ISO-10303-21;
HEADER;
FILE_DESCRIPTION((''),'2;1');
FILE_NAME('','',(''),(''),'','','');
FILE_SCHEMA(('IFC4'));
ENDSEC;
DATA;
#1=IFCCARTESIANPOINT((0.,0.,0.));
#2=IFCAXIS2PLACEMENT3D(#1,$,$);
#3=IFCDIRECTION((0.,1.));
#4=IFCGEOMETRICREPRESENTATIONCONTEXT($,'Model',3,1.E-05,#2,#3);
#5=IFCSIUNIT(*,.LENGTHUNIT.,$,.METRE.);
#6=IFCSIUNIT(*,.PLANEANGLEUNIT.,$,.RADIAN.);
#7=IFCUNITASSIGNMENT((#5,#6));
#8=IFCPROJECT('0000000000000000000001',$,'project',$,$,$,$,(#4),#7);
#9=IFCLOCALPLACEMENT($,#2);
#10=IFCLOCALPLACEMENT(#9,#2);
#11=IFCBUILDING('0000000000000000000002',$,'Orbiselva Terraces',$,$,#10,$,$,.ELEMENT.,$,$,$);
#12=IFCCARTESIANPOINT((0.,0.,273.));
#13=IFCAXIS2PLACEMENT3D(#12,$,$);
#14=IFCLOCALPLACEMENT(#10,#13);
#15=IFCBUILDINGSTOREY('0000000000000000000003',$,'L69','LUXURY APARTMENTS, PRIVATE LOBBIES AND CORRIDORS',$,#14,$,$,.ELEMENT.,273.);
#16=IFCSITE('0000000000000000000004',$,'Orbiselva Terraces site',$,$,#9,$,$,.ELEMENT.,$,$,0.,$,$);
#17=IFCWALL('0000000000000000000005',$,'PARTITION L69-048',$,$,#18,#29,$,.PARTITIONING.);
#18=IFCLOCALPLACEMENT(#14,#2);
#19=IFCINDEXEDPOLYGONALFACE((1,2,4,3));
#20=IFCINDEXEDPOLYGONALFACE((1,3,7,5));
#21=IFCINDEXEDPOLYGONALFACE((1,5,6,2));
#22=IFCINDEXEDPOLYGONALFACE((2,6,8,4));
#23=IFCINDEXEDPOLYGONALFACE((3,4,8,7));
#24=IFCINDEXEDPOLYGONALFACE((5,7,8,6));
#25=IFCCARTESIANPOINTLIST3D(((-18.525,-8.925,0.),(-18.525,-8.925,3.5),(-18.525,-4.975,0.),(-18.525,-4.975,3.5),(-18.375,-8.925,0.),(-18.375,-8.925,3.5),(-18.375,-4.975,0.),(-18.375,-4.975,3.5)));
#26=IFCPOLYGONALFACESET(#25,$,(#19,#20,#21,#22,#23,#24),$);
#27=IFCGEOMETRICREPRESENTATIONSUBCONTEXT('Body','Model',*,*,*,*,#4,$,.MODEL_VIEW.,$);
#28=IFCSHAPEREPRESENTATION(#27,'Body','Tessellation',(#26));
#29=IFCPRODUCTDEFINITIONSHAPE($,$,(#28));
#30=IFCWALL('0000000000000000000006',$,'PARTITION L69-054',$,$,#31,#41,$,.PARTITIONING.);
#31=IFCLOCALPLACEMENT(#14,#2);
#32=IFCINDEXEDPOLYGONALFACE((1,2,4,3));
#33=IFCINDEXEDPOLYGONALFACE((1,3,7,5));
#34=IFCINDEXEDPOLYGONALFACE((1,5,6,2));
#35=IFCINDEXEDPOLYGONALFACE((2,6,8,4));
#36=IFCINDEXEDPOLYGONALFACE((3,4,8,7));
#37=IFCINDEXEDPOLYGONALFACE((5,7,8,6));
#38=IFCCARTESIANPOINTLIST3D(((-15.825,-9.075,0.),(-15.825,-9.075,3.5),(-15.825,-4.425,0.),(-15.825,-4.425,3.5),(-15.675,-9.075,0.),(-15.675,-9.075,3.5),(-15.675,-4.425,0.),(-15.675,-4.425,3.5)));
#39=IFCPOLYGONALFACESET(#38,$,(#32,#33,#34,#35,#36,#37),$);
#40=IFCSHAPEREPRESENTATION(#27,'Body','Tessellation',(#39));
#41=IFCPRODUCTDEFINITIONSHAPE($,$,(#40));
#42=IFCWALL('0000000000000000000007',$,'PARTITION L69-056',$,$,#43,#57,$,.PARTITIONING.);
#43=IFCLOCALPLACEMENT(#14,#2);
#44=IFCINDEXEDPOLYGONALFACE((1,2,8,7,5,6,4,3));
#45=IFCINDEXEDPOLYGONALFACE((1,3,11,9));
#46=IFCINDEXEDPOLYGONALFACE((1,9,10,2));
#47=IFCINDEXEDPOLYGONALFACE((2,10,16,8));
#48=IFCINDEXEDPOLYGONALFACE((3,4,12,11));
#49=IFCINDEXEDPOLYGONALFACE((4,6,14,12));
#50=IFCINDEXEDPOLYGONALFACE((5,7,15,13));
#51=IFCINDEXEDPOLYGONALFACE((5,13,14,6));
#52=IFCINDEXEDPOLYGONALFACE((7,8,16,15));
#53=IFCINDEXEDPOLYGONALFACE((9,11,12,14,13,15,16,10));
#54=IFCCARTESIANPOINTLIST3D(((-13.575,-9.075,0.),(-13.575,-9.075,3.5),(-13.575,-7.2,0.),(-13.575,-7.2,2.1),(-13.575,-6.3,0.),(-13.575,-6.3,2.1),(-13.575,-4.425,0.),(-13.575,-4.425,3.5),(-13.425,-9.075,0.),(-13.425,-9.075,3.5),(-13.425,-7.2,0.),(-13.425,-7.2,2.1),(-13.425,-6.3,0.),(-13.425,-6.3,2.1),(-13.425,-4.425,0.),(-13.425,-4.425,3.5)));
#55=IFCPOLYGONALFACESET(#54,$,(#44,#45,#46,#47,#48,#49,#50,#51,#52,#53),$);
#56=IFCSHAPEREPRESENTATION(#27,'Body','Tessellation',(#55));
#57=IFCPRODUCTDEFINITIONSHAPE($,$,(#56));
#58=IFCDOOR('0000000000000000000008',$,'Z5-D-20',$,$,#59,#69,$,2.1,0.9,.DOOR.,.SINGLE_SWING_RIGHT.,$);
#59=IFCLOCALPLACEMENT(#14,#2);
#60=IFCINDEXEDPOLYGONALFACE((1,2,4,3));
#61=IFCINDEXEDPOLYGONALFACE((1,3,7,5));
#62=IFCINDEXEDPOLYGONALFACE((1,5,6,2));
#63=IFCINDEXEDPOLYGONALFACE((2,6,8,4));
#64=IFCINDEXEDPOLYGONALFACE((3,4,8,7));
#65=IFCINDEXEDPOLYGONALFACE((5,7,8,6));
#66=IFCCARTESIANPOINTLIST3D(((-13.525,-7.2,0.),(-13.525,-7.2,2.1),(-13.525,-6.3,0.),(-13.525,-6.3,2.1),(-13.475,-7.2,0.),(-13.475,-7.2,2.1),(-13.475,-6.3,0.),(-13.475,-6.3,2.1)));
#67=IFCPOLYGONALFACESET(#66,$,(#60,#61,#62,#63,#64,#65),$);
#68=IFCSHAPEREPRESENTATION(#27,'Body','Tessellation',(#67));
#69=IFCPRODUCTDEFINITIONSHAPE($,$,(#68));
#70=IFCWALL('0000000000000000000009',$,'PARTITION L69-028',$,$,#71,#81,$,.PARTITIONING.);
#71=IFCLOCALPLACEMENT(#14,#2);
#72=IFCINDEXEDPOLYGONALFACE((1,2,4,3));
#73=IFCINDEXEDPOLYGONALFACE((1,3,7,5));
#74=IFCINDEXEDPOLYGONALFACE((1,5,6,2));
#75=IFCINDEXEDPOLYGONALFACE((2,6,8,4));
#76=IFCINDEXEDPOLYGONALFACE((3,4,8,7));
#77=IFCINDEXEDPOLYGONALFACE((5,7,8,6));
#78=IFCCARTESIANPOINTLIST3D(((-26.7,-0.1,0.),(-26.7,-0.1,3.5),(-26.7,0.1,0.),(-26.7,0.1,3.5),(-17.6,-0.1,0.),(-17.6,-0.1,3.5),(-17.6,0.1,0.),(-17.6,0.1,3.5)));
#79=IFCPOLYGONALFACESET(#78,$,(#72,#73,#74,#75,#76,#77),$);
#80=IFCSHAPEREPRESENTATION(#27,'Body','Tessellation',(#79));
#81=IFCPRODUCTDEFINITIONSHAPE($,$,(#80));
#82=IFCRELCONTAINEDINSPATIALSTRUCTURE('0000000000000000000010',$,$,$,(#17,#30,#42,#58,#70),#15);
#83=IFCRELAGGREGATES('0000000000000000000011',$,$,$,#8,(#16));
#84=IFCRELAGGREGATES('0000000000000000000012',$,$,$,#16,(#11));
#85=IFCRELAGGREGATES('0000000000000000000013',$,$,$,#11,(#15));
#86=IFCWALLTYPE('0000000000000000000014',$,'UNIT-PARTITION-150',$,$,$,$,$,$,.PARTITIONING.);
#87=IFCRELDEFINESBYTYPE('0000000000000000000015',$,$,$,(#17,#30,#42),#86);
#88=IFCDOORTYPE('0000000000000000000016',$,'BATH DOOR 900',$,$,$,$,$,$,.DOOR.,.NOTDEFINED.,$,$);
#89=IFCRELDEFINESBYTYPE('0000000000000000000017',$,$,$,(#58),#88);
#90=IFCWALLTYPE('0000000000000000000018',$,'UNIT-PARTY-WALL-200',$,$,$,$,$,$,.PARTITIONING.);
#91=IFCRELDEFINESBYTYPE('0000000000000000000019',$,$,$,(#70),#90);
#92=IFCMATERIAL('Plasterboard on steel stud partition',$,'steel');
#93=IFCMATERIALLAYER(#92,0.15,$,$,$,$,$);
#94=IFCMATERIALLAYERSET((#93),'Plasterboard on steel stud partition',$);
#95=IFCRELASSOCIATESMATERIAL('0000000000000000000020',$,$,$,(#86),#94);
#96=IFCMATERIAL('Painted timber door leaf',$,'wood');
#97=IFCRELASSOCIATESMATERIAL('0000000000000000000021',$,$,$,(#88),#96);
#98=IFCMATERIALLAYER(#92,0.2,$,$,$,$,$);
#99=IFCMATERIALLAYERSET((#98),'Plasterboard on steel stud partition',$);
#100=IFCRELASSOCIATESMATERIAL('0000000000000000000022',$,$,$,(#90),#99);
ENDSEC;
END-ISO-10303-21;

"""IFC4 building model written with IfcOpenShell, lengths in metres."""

from ifc_helpers import new_model, si_unit, direction, frame, frame_2d, origin, place, context, subcontext, project, spatial, rectangle, extrude, material, layer, layer_set, type_object, element, fill, save


model = new_model("IFC4")

# Units and contexts
model_context = context("Model", 3, precision=1e-05, world=origin(), true_north=direction((0.0, 1.0)))
body_context = subcontext(model_context, "Body", "Model", "MODEL_VIEW")
ifc_project = project(units=[si_unit("LENGTHUNIT", "METRE"), si_unit("PLANEANGLEUNIT", "RADIAN")], contexts=[model_context])

# Site, building, storey
site_placement = place(None, origin())
site = spatial("IfcSite", under=ifc_project, at=site_placement, Name="Orbiselva Terraces site", CompositionType="ELEMENT", RefElevation=0.0)
building_placement = place(site_placement, origin())
building = spatial("IfcBuilding", under=site, at=building_placement, Name="Orbiselva Terraces", CompositionType="ELEMENT")
storey_placement = place(building_placement, frame((0.0, 0.0, 273.0)))
storey = spatial("IfcBuildingStorey", under=building, at=storey_placement, Name="L69", Description="LUXURY APARTMENTS, PRIVATE LOBBIES AND CORRIDORS", CompositionType="ELEMENT", Elevation=273.0)

# Shared definitions
ifc_material_1 = material(Name="Plasterboard on steel stud partition", Category="steel")

# Shared definitions
ifc_layer_1 = layer(ifc_material_1, 0.15)
ifc_layer_set_1 = layer_set([ifc_layer_1], Name="Plasterboard on steel stud partition")
wall_type_1 = type_object("IfcWallType", Name="UNIT-PARTITION-150", PredefinedType="PARTITIONING", material=ifc_layer_set_1)
ifc_material_2 = material(Name="Painted timber door leaf", Category="wood")

# Walls
wall_1_placement = place(storey_placement, frame((-18.45, -8.925, 0.0), z_axis=(0.0, 0.0, 1.0), x_axis=(0.0, 1.0, 0.0)))
element("IfcWall", 1, at=wall_1_placement, inside=storey, type_object=wall_type_1, Name="PARTITION L69-048", PredefinedType="PARTITIONING", context=body_context, shape_type="SweptSolid", body=[
    extrude(rectangle(XDim=3.95, YDim=0.15, at=frame_2d((1.975, 0.0))), origin(), (0.0, 0.0, 1.0), 3.5),
])
wall_2_placement = place(storey_placement, frame((-15.75, -9.075, 0.0), z_axis=(0.0, 0.0, 1.0), x_axis=(0.0, 1.0, 0.0)))
element("IfcWall", 2, at=wall_2_placement, inside=storey, type_object=wall_type_1, Name="PARTITION L69-054", PredefinedType="PARTITIONING", context=body_context, shape_type="SweptSolid", body=[
    extrude(rectangle(XDim=4.65, YDim=0.15, at=frame_2d((2.325, 0.0))), origin(), (0.0, 0.0, 1.0), 3.5),
])

# Wall, opening, door
wall_3_placement = place(storey_placement, frame((-13.5, -4.425, 0.0), z_axis=(0.0, 0.0, 1.0), x_axis=(0.0, -1.0, 0.0)))
wall_3 = element("IfcWall", 3, at=wall_3_placement, inside=storey, type_object=wall_type_1, Name="PARTITION L69-056", PredefinedType="PARTITIONING", context=body_context, shape_type="SweptSolid", body=[
    extrude(rectangle(XDim=4.65, YDim=0.15, at=frame_2d((2.325, 0.0))), origin(), (0.0, 0.0, 1.0), 3.5),
])
opening_1_placement = place(wall_3_placement, frame((1.875, 0.0, 0.0)))
opening_1 = element("IfcOpeningElement", 4, at=opening_1_placement, cuts=wall_3, PredefinedType="OPENING", context=body_context, shape_type="SweptSolid", body=[
    extrude(rectangle(XDim=0.9, YDim=2.1, at=frame_2d((0.45, 1.05))), frame((0.0, 0.085, 0.0), z_axis=(0.0, -1.0, 0.0), x_axis=(1.0, 0.0, 0.0)), (0.0, 0.0, 1.0), 0.17),
])
door_type_1 = type_object("IfcDoorType", Name="BATH DOOR 900", OperationType="NOTDEFINED", PredefinedType="DOOR", material=ifc_material_2)
door_1_placement = place(opening_1_placement, origin())
door_1 = element("IfcDoor", 5, at=door_1_placement, inside=storey, type_object=door_type_1, Name="Z5-D-20", OperationType="SINGLE_SWING_RIGHT", OverallHeight=2.1, OverallWidth=0.9, PredefinedType="DOOR", context=body_context, shape_type="SweptSolid", body=[
    extrude(rectangle(XDim=0.9, YDim=2.1, at=frame_2d((0.45, 1.05))), frame((0.0, 0.025, 0.0), z_axis=(0.0, -1.0, 0.0), x_axis=(1.0, 0.0, 0.0)), (0.0, 0.0, 1.0), 0.05),
])
fill(opening_1, door_1)

# Wall
ifc_layer_2 = layer(ifc_material_1, 0.2)
ifc_layer_set_2 = layer_set([ifc_layer_2], Name="Plasterboard on steel stud partition")
wall_type_2 = type_object("IfcWallType", Name="UNIT-PARTY-WALL-200", PredefinedType="PARTITIONING", material=ifc_layer_set_2)
wall_4_placement = place(storey_placement, frame((-26.7, 0.0, 0.0), z_axis=(0.0, 0.0, 1.0), x_axis=(1.0, 0.0, 0.0)))
element("IfcWall", 6, at=wall_4_placement, inside=storey, type_object=wall_type_2, Name="PARTITION L69-028", PredefinedType="PARTITIONING", context=body_context, shape_type="SweptSolid", body=[
    extrude(rectangle(XDim=9.1, YDim=0.2, at=frame_2d((4.55, 0.0))), origin(), (0.0, 0.0, 1.0), 3.5),
])

save(model, "model.ifc")
